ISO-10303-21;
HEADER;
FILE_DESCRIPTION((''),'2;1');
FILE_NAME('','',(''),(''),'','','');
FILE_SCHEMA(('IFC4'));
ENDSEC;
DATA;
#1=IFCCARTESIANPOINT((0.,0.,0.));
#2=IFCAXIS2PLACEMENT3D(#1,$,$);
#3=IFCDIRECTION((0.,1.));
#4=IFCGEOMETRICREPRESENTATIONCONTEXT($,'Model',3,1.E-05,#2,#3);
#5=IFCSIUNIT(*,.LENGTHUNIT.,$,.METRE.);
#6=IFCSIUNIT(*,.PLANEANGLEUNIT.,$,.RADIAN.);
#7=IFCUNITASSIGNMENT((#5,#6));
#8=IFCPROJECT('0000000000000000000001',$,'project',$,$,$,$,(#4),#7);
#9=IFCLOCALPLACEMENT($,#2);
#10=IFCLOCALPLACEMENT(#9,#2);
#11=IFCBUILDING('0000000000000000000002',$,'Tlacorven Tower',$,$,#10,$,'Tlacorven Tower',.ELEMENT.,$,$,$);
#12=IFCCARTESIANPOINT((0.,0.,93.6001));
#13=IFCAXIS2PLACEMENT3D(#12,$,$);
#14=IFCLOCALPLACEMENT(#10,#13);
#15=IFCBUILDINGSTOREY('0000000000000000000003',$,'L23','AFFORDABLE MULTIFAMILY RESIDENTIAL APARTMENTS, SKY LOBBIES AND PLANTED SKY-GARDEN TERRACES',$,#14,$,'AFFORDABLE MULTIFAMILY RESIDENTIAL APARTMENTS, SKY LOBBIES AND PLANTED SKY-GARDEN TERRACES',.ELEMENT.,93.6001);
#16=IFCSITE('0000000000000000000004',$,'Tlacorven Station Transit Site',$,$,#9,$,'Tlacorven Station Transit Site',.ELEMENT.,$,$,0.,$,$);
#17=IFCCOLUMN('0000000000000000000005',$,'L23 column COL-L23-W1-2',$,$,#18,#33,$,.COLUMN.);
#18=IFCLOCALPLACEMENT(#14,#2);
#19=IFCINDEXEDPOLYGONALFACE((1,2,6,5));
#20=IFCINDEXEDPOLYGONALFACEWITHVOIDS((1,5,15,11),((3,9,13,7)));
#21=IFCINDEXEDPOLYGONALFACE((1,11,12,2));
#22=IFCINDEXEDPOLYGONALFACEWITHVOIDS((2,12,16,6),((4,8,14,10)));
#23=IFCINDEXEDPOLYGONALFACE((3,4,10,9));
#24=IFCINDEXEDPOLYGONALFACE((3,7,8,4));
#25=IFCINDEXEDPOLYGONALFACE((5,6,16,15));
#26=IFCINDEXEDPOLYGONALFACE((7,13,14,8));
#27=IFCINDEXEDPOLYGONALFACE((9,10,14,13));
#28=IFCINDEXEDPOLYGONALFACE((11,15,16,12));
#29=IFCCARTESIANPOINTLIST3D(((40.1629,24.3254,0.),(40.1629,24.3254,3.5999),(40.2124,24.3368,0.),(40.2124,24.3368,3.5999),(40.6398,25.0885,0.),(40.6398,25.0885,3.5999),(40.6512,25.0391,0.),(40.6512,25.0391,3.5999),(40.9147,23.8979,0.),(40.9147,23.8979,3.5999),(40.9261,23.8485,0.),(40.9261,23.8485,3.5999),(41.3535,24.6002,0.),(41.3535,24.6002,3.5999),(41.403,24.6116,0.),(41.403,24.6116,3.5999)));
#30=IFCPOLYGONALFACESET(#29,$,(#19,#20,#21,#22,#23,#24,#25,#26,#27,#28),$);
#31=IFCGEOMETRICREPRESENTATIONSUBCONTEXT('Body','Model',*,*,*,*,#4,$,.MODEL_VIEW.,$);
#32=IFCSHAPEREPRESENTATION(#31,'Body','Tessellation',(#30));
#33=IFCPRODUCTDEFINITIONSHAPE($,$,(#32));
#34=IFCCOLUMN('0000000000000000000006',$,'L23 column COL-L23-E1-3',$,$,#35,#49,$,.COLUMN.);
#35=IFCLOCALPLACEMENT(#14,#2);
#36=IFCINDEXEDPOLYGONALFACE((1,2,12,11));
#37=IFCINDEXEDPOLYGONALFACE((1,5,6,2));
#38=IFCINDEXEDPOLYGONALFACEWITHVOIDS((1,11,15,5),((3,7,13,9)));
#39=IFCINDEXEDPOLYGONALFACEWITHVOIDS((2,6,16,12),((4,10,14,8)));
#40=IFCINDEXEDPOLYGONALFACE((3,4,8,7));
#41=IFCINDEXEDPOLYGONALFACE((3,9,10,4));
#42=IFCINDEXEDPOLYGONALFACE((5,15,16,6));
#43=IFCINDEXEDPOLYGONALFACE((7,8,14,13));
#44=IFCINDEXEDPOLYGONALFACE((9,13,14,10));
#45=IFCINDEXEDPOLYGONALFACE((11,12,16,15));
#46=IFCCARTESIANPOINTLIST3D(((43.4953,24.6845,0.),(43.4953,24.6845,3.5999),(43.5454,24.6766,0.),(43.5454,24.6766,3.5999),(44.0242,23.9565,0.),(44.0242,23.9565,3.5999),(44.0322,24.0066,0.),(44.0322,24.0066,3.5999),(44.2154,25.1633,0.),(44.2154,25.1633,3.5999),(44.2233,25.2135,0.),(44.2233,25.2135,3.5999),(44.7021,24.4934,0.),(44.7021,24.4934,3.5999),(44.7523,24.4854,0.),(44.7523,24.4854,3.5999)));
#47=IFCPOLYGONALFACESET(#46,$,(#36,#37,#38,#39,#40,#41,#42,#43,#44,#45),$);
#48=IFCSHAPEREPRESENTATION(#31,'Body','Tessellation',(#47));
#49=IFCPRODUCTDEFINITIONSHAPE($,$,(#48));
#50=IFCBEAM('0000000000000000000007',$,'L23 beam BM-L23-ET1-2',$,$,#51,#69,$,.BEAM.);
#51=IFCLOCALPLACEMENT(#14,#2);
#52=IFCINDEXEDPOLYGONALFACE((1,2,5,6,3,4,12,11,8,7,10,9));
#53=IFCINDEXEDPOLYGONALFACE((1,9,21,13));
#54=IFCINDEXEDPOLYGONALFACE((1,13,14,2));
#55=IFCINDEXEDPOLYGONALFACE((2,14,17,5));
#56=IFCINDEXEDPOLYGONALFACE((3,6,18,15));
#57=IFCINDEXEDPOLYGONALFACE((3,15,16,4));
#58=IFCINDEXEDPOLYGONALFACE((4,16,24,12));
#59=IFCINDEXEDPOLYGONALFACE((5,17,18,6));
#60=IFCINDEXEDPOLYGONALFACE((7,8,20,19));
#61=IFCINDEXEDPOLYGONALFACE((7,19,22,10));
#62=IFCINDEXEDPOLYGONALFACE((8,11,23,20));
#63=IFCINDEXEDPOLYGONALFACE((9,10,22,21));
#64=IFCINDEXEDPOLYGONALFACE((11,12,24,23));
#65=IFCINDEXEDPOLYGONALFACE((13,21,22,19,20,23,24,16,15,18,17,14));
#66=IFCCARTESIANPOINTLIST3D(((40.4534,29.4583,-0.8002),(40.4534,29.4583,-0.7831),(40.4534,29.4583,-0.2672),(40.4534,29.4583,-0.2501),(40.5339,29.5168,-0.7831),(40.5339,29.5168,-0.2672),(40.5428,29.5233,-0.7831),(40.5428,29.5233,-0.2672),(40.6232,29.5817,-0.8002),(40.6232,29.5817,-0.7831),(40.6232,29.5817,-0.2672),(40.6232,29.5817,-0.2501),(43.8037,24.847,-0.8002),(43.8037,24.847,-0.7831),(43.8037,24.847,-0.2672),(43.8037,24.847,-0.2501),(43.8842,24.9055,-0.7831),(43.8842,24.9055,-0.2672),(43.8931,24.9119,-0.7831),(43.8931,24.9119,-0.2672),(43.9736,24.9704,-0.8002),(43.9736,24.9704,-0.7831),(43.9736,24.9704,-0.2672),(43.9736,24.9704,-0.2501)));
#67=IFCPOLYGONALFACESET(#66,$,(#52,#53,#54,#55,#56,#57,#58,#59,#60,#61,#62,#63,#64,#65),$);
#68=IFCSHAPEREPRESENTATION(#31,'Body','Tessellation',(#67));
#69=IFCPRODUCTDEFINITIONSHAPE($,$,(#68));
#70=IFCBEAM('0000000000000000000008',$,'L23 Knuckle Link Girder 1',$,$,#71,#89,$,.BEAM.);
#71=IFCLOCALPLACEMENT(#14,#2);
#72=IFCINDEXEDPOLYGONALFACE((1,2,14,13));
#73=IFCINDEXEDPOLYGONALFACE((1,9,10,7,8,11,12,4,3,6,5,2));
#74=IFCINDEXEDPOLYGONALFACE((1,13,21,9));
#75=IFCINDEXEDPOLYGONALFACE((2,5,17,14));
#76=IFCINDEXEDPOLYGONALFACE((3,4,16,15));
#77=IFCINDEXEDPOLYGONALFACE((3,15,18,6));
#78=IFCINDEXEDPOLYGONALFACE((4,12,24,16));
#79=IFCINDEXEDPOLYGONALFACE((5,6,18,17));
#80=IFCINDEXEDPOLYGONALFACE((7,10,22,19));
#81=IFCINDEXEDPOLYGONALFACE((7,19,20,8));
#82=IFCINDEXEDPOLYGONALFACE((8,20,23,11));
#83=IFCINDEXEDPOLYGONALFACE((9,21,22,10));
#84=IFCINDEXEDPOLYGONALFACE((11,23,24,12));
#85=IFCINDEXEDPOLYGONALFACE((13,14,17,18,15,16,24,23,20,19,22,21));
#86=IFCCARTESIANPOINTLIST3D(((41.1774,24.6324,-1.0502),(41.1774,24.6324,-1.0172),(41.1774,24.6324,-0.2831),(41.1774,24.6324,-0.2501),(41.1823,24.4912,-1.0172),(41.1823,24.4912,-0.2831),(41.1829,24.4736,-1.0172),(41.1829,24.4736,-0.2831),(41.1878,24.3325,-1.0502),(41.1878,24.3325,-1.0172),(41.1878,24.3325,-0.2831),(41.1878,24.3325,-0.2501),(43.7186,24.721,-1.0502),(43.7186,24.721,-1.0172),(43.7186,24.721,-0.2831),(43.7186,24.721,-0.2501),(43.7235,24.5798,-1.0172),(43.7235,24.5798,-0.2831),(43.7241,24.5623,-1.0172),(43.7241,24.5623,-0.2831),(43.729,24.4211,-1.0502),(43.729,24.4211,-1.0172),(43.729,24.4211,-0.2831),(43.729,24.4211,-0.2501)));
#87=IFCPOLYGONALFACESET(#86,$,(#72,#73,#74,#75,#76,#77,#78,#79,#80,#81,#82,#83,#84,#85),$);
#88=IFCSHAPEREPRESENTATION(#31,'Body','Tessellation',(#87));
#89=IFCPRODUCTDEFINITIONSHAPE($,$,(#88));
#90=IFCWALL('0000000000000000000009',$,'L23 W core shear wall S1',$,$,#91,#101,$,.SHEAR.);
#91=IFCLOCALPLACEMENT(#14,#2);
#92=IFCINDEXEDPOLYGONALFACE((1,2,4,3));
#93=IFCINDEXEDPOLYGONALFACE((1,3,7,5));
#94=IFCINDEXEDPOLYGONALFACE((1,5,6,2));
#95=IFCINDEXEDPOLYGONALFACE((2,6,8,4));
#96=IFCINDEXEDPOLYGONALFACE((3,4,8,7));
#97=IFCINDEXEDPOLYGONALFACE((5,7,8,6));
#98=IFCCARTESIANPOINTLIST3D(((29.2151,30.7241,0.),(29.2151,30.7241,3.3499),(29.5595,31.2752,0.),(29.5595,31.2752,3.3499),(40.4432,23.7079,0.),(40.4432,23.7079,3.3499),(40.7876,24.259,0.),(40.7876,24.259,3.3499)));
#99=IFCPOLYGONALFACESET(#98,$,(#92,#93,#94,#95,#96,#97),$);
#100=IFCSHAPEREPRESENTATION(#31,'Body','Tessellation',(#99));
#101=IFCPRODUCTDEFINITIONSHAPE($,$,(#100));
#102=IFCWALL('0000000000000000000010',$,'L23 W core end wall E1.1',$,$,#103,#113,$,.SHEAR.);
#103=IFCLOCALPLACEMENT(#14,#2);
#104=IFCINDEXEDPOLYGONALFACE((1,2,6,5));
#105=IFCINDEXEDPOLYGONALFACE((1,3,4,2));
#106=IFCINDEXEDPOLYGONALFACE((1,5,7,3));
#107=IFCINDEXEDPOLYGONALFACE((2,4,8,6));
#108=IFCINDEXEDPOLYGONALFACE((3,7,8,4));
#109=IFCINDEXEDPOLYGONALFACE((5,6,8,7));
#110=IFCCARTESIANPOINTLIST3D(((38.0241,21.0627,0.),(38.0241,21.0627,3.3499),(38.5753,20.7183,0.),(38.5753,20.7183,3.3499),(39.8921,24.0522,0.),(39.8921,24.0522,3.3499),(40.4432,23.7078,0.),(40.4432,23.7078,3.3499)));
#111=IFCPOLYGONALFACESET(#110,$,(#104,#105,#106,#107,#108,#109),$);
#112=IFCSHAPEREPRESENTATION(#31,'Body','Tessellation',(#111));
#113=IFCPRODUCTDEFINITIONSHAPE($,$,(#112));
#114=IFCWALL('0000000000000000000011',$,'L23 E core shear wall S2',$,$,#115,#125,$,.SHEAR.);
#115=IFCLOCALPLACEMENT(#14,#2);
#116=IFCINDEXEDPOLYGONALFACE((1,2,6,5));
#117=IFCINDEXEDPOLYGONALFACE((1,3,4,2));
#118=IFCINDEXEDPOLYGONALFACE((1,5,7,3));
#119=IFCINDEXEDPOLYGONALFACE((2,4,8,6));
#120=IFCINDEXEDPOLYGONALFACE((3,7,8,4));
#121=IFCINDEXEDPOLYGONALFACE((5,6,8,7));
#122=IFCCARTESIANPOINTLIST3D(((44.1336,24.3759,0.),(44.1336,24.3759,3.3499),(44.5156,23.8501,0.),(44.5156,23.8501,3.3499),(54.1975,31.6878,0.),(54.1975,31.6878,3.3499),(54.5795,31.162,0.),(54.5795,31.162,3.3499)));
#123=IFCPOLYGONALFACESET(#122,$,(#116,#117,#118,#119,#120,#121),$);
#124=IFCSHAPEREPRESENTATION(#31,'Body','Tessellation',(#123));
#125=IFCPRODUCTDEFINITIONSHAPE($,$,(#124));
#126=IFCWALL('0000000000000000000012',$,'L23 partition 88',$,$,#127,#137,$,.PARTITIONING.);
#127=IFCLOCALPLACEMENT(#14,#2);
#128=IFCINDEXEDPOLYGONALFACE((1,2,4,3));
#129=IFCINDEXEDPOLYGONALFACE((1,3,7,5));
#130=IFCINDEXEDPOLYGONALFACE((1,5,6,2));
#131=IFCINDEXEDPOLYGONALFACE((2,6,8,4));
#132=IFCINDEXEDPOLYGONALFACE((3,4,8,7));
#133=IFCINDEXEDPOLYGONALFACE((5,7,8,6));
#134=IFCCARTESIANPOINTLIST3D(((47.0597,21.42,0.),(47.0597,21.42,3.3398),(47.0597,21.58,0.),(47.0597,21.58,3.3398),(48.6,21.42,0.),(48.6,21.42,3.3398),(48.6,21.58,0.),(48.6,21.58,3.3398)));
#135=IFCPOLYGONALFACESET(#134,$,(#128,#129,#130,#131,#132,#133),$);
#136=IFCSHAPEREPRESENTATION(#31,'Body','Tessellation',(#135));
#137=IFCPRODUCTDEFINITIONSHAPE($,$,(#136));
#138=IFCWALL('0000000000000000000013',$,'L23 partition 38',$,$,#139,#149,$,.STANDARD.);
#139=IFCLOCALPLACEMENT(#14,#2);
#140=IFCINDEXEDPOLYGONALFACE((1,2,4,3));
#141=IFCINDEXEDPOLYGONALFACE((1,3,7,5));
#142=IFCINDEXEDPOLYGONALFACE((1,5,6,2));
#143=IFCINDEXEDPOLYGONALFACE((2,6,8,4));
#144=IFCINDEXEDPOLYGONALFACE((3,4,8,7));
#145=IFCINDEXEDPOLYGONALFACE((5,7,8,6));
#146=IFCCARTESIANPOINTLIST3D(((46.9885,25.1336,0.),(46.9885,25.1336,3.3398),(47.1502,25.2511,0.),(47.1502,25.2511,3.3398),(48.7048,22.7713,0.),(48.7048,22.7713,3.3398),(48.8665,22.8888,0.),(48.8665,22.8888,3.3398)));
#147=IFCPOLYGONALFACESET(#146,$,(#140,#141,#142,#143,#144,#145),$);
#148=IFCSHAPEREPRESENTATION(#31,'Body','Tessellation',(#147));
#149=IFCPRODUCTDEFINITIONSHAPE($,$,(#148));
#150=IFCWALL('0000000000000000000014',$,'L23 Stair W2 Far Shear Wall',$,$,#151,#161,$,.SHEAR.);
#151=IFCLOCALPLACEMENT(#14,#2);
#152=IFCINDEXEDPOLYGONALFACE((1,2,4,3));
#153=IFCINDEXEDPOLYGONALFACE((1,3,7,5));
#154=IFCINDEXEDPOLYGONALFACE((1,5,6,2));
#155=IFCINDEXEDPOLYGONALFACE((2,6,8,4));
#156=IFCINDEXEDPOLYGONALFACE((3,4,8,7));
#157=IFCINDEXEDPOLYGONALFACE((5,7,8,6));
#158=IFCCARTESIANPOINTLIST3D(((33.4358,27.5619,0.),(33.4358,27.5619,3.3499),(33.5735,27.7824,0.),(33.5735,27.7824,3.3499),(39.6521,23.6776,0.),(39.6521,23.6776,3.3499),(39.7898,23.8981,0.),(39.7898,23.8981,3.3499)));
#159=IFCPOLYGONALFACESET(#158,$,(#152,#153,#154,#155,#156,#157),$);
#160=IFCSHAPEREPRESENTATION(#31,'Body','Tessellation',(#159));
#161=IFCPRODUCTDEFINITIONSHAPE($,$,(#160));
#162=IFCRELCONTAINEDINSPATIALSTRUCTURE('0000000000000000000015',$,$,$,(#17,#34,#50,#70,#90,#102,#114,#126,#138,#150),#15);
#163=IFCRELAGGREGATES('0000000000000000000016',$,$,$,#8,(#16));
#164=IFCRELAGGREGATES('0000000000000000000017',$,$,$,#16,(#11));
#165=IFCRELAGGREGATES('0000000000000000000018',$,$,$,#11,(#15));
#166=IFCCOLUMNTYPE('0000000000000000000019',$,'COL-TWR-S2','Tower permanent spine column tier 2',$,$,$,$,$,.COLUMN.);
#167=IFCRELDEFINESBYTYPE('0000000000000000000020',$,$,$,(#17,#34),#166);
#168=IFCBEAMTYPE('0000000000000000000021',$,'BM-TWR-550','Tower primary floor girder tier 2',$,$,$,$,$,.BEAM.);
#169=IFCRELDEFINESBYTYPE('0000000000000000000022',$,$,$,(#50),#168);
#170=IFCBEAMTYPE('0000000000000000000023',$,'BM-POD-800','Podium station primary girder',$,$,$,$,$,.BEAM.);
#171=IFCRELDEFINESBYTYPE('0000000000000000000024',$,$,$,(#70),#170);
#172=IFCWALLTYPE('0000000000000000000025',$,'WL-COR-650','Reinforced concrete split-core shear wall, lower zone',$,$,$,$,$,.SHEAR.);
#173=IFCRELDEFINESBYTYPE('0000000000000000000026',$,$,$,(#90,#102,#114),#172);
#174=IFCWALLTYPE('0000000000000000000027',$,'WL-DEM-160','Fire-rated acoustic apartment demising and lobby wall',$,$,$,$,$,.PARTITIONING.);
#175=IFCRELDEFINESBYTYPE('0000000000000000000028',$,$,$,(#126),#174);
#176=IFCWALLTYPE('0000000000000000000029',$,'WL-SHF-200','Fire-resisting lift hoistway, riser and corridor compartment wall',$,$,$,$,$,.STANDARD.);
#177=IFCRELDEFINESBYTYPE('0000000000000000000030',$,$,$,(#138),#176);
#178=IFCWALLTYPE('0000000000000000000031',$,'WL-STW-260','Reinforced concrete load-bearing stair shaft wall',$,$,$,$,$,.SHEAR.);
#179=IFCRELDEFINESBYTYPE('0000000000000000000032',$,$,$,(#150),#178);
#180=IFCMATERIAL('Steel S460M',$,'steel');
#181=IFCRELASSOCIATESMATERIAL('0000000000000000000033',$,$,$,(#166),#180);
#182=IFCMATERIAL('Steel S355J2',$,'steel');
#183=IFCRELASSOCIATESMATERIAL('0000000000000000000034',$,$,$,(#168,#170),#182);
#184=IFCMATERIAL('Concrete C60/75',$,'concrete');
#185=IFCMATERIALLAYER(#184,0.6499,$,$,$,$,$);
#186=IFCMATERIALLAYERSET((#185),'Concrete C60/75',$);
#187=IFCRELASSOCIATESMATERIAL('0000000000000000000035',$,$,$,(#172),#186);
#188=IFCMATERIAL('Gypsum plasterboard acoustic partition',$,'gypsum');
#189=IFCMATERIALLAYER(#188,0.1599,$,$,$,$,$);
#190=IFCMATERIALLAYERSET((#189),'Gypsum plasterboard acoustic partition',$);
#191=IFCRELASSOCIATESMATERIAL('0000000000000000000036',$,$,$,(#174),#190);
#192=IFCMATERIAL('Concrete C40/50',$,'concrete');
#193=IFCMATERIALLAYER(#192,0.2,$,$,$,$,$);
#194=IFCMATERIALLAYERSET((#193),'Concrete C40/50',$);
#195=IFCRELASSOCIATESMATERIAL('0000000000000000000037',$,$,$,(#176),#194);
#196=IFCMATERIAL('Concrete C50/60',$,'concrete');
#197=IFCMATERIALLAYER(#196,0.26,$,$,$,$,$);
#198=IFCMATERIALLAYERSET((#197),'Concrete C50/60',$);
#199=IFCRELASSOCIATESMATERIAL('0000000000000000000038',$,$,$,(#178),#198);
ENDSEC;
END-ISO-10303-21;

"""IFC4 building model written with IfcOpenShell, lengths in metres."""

from ifc_helpers import new_model, si_unit, direction, frame, frame_2d, origin, origin_2d, place, context, subcontext, project, spatial, rectangle, hollow_rectangle, i_section, extrude, source, transform, mapped, material, layer, layer_set, material_profile, profile_set, type_object, element, save


model = new_model("IFC4")

# Units and contexts
model_context = context("Model", 3, precision=1e-05, world=origin(), true_north=direction((0.0, 1.0)))
body_context = subcontext(model_context, "Body", "Model", "MODEL_VIEW")
ifc_project = project(units=[si_unit("LENGTHUNIT", "METRE"), si_unit("PLANEANGLEUNIT", "RADIAN")], contexts=[model_context])

# Site, building, storey
site_placement = place(None, origin())
site = spatial("IfcSite", under=ifc_project, at=site_placement, Name="Tlacorven Station Transit Site", LongName="Tlacorven Station Transit Site", CompositionType="ELEMENT", RefElevation=0.0)
building_placement = place(site_placement, origin())
building = spatial("IfcBuilding", under=site, at=building_placement, Name="Tlacorven Tower", LongName="Tlacorven Tower", CompositionType="ELEMENT")
storey_placement = place(building_placement, frame((0.0, 0.0, 93.6001)))
storey = spatial("IfcBuildingStorey", under=building, at=storey_placement, Name="L23", Description="AFFORDABLE MULTIFAMILY RESIDENTIAL APARTMENTS, SKY LOBBIES AND PLANTED SKY-GARDEN TERRACES", LongName="AFFORDABLE MULTIFAMILY RESIDENTIAL APARTMENTS, SKY LOBBIES AND PLANTED SKY-GARDEN TERRACES", CompositionType="ELEMENT", Elevation=93.6001)

# Columns
ifc_material_1 = material(Name="Steel S460M", Category="steel")
ifc_material_profile_1 = material_profile(ifc_material_1, hollow_rectangle(XDim=0.8999, YDim=0.8999, WallThickness=0.0359, at=origin_2d()), Name="BOX 900X900X36")
ifc_profile_set_1 = profile_set([ifc_material_profile_1], Name="Steel S460M")
column_type = type_object("IfcColumnType", Name="COL-TWR-S2", Description="Tower permanent spine column tier 2", PredefinedType="COLUMN", material=ifc_profile_set_1)
shared_shape_1 = source(origin(), body_context, "Body", "SweptSolid", [
    extrude(hollow_rectangle(XDim=0.8999, YDim=0.8999, WallThickness=0.0359, at=origin_2d()), origin(), (0.0, 0.0, 1.0), 3.5999),
])
for number, where, z_axis, x_axis, name in (
    (1, (40.783, 24.4685, 0.0), (0.0, 0.0, 1.0), (-0.848048, 0.529919, 0.0), "L23 column COL-L23-W1-2"),
    (2, (44.1238, 24.585, 0.0), (0.0, 0.0, 1.0), (0.809017, 0.587785, 0.0), "L23 column COL-L23-E1-3"),
):
    element("IfcColumn", number, at=place(storey_placement, frame(where, z_axis=z_axis, x_axis=x_axis)), inside=storey, type_object=column_type, Name=name, PredefinedType="COLUMN", context=body_context, shape_type="MappedRepresentation", body=[
        mapped(shared_shape_1, transform((0.0, 0.0, 0.0), scale=1.0)),
    ])

# Beams
ifc_material_2 = material(Name="Steel S355J2", Category="steel")
ifc_material_profile_2 = material_profile(ifc_material_2, i_section(OverallWidth=0.21, OverallDepth=0.55, WebThickness=0.011, FlangeThickness=0.0171, at=origin_2d()), Name="IPE 550")
ifc_profile_set_2 = profile_set([ifc_material_profile_2], Name="Steel S355J2")
beam_type_1 = type_object("IfcBeamType", Name="BM-TWR-550", Description="Tower primary floor girder tier 2", PredefinedType="BEAM", material=ifc_profile_set_2)
shared_shape_2 = source(origin(), body_context, "Body", "SweptSolid", [
    extrude(i_section(OverallWidth=0.21, OverallDepth=0.55, WebThickness=0.011, FlangeThickness=0.0171, at=origin_2d()), origin(), (0.0, 0.0, 1.0), 5.7),
])
beam_1_placement = place(storey_placement, frame((43.8887, 24.9087, -0.5251), z_axis=(-0.587787, 0.809016, 0.0), x_axis=(-0.809016, -0.587787, 0.0)))
element("IfcBeam", 3, at=beam_1_placement, inside=storey, type_object=beam_type_1, Name="L23 beam BM-L23-ET1-2", PredefinedType="BEAM", context=body_context, shape_type="MappedRepresentation", body=[
    mapped(shared_shape_2, transform((0.0, 0.0, 0.0), scale=1.0)),
])
ifc_material_profile_3 = material_profile(ifc_material_2, i_section(OverallWidth=0.3, OverallDepth=0.8, WebThickness=0.0176, FlangeThickness=0.033, at=origin_2d()), Name="HEB 800")
ifc_profile_set_3 = profile_set([ifc_material_profile_3], Name="Steel S355J2")
beam_type_2 = type_object("IfcBeamType", Name="BM-POD-800", Description="Podium station primary girder", PredefinedType="BEAM", material=ifc_profile_set_3)
shared_shape_3 = source(origin(), body_context, "Body", "SweptSolid", [
    extrude(i_section(OverallWidth=0.3, OverallDepth=0.8, WebThickness=0.0176, FlangeThickness=0.033, at=origin_2d()), origin(), (0.0, 0.0, 1.0), 2.5427),
])
beam_2_placement = place(storey_placement, frame((41.1826, 24.4824, -0.6501), z_axis=(0.999392, 0.034852, 0.0), x_axis=(-0.034852, 0.999392, 0.0)))
element("IfcBeam", 4, at=beam_2_placement, inside=storey, type_object=beam_type_2, Name="L23 Knuckle Link Girder 1", PredefinedType="BEAM", context=body_context, shape_type="MappedRepresentation", body=[
    mapped(shared_shape_3, transform((0.0, 0.0, 0.0), scale=1.0)),
])

# Walls
ifc_material_3 = material(Name="Concrete C60/75", Category="concrete")
ifc_layer_1 = layer(ifc_material_3, 0.6499)
ifc_layer_set_1 = layer_set([ifc_layer_1], Name="Concrete C60/75")
wall_type_1 = type_object("IfcWallType", Name="WL-COR-650", Description="Reinforced concrete split-core shear wall, lower zone", PredefinedType="SHEAR", material=ifc_layer_set_1)
wall_1_placement = place(storey_placement, frame((40.6155, 23.9834, 0.0), z_axis=(0.0, 0.0, 1.0), x_axis=(-0.848046, 0.529923, 0.0)))
element("IfcWall", 5, at=wall_1_placement, inside=storey, type_object=wall_type_1, Name="L23 W core shear wall S1", PredefinedType="SHEAR", context=body_context, shape_type="SweptSolid", body=[
    extrude(rectangle(XDim=13.24, YDim=0.6499, at=frame_2d((6.6201, 0.0))), origin(), (0.0, 0.0, 1.0), 3.3499),
])
wall_2_placement = place(storey_placement, frame((40.1677, 23.8801, 0.0), z_axis=(0.0, 0.0, 1.0), x_axis=(-0.529893, -0.848064, 0.0)))
element("IfcWall", 6, at=wall_2_placement, inside=storey, type_object=wall_type_1, Name="L23 W core end wall E1.1", PredefinedType="SHEAR", context=body_context, shape_type="SweptSolid", body=[
    extrude(rectangle(XDim=3.5251, YDim=0.6499, at=frame_2d((1.7627, 0.0))), origin(), (0.0, 0.0, 1.0), 3.3499),
])
wall_3_placement = place(storey_placement, frame((44.3247, 24.113, 0.0), z_axis=(0.0, 0.0, 1.0), x_axis=(0.809013, 0.587791, 0.0)))
element("IfcWall", 7, at=wall_3_placement, inside=storey, type_object=wall_type_1, Name="L23 E core shear wall S2", PredefinedType="SHEAR", context=body_context, shape_type="SweptSolid", body=[
    extrude(rectangle(XDim=12.4397, YDim=0.6499, at=frame_2d((6.2197, 0.0))), origin(), (0.0, 0.0, 1.0), 3.3499),
])
ifc_material_4 = material(Name="Gypsum plasterboard acoustic partition", Category="gypsum")
ifc_layer_2 = layer(ifc_material_4, 0.1599)
ifc_layer_set_2 = layer_set([ifc_layer_2], Name="Gypsum plasterboard acoustic partition")
wall_type_2 = type_object("IfcWallType", Name="WL-DEM-160", Description="Fire-rated acoustic apartment demising and lobby wall", PredefinedType="PARTITIONING", material=ifc_layer_set_2)
wall_4_placement = place(storey_placement, frame((47.0598, 21.5, 0.0), z_axis=(0.0, 0.0, 1.0), x_axis=(1.0, 0.0, 0.0)))
element("IfcWall", 8, at=wall_4_placement, inside=storey, type_object=wall_type_2, Name="L23 partition 88", PredefinedType="PARTITIONING", context=body_context, shape_type="SweptSolid", body=[
    extrude(rectangle(XDim=1.5403, YDim=0.1599, at=frame_2d((0.77, 0.0))), origin(), (0.0, 0.0, 1.0), 3.3398),
])
ifc_material_5 = material(Name="Concrete C40/50", Category="concrete")
ifc_layer_3 = layer(ifc_material_5, 0.2)
ifc_layer_set_3 = layer_set([ifc_layer_3], Name="Concrete C40/50")
wall_type_3 = type_object("IfcWallType", Name="WL-SHF-200", Description="Fire-resisting lift hoistway, riser and corridor compartment wall", PredefinedType="STANDARD", material=ifc_layer_set_3)
wall_5_placement = place(storey_placement, frame((48.7856, 22.8301, 0.0), z_axis=(0.0, 0.0, 1.0), x_axis=(-0.587784, 0.809018, 0.0)))
element("IfcWall", 9, at=wall_5_placement, inside=storey, type_object=wall_type_3, Name="L23 partition 38", PredefinedType="STANDARD", context=body_context, shape_type="SweptSolid", body=[
    extrude(rectangle(XDim=2.9199, YDim=0.2, at=frame_2d((1.46, 0.0))), origin(), (0.0, 0.0, 1.0), 3.3398),
])
ifc_material_6 = material(Name="Concrete C50/60", Category="concrete")
ifc_layer_4 = layer(ifc_material_6, 0.26)
ifc_layer_set_4 = layer_set([ifc_layer_4], Name="Concrete C50/60")
wall_type_4 = type_object("IfcWallType", Name="WL-STW-260", Description="Reinforced concrete load-bearing stair shaft wall", PredefinedType="SHEAR", material=ifc_layer_set_4)
wall_6_placement = place(storey_placement, frame((39.7209, 23.7878, 0.0), z_axis=(0.0, 0.0, 1.0), x_axis=(-0.848054, 0.529909, 0.0)))
element("IfcWall", 10, at=wall_6_placement, inside=storey, type_object=wall_type_4, Name="L23 Stair W2 Far Shear Wall", PredefinedType="SHEAR", context=body_context, shape_type="SweptSolid", body=[
    extrude(rectangle(XDim=7.3301, YDim=0.26, at=frame_2d((3.665, 0.0))), origin(), (0.0, 0.0, 1.0), 3.3499),
])

save(model, "model.ifc")
